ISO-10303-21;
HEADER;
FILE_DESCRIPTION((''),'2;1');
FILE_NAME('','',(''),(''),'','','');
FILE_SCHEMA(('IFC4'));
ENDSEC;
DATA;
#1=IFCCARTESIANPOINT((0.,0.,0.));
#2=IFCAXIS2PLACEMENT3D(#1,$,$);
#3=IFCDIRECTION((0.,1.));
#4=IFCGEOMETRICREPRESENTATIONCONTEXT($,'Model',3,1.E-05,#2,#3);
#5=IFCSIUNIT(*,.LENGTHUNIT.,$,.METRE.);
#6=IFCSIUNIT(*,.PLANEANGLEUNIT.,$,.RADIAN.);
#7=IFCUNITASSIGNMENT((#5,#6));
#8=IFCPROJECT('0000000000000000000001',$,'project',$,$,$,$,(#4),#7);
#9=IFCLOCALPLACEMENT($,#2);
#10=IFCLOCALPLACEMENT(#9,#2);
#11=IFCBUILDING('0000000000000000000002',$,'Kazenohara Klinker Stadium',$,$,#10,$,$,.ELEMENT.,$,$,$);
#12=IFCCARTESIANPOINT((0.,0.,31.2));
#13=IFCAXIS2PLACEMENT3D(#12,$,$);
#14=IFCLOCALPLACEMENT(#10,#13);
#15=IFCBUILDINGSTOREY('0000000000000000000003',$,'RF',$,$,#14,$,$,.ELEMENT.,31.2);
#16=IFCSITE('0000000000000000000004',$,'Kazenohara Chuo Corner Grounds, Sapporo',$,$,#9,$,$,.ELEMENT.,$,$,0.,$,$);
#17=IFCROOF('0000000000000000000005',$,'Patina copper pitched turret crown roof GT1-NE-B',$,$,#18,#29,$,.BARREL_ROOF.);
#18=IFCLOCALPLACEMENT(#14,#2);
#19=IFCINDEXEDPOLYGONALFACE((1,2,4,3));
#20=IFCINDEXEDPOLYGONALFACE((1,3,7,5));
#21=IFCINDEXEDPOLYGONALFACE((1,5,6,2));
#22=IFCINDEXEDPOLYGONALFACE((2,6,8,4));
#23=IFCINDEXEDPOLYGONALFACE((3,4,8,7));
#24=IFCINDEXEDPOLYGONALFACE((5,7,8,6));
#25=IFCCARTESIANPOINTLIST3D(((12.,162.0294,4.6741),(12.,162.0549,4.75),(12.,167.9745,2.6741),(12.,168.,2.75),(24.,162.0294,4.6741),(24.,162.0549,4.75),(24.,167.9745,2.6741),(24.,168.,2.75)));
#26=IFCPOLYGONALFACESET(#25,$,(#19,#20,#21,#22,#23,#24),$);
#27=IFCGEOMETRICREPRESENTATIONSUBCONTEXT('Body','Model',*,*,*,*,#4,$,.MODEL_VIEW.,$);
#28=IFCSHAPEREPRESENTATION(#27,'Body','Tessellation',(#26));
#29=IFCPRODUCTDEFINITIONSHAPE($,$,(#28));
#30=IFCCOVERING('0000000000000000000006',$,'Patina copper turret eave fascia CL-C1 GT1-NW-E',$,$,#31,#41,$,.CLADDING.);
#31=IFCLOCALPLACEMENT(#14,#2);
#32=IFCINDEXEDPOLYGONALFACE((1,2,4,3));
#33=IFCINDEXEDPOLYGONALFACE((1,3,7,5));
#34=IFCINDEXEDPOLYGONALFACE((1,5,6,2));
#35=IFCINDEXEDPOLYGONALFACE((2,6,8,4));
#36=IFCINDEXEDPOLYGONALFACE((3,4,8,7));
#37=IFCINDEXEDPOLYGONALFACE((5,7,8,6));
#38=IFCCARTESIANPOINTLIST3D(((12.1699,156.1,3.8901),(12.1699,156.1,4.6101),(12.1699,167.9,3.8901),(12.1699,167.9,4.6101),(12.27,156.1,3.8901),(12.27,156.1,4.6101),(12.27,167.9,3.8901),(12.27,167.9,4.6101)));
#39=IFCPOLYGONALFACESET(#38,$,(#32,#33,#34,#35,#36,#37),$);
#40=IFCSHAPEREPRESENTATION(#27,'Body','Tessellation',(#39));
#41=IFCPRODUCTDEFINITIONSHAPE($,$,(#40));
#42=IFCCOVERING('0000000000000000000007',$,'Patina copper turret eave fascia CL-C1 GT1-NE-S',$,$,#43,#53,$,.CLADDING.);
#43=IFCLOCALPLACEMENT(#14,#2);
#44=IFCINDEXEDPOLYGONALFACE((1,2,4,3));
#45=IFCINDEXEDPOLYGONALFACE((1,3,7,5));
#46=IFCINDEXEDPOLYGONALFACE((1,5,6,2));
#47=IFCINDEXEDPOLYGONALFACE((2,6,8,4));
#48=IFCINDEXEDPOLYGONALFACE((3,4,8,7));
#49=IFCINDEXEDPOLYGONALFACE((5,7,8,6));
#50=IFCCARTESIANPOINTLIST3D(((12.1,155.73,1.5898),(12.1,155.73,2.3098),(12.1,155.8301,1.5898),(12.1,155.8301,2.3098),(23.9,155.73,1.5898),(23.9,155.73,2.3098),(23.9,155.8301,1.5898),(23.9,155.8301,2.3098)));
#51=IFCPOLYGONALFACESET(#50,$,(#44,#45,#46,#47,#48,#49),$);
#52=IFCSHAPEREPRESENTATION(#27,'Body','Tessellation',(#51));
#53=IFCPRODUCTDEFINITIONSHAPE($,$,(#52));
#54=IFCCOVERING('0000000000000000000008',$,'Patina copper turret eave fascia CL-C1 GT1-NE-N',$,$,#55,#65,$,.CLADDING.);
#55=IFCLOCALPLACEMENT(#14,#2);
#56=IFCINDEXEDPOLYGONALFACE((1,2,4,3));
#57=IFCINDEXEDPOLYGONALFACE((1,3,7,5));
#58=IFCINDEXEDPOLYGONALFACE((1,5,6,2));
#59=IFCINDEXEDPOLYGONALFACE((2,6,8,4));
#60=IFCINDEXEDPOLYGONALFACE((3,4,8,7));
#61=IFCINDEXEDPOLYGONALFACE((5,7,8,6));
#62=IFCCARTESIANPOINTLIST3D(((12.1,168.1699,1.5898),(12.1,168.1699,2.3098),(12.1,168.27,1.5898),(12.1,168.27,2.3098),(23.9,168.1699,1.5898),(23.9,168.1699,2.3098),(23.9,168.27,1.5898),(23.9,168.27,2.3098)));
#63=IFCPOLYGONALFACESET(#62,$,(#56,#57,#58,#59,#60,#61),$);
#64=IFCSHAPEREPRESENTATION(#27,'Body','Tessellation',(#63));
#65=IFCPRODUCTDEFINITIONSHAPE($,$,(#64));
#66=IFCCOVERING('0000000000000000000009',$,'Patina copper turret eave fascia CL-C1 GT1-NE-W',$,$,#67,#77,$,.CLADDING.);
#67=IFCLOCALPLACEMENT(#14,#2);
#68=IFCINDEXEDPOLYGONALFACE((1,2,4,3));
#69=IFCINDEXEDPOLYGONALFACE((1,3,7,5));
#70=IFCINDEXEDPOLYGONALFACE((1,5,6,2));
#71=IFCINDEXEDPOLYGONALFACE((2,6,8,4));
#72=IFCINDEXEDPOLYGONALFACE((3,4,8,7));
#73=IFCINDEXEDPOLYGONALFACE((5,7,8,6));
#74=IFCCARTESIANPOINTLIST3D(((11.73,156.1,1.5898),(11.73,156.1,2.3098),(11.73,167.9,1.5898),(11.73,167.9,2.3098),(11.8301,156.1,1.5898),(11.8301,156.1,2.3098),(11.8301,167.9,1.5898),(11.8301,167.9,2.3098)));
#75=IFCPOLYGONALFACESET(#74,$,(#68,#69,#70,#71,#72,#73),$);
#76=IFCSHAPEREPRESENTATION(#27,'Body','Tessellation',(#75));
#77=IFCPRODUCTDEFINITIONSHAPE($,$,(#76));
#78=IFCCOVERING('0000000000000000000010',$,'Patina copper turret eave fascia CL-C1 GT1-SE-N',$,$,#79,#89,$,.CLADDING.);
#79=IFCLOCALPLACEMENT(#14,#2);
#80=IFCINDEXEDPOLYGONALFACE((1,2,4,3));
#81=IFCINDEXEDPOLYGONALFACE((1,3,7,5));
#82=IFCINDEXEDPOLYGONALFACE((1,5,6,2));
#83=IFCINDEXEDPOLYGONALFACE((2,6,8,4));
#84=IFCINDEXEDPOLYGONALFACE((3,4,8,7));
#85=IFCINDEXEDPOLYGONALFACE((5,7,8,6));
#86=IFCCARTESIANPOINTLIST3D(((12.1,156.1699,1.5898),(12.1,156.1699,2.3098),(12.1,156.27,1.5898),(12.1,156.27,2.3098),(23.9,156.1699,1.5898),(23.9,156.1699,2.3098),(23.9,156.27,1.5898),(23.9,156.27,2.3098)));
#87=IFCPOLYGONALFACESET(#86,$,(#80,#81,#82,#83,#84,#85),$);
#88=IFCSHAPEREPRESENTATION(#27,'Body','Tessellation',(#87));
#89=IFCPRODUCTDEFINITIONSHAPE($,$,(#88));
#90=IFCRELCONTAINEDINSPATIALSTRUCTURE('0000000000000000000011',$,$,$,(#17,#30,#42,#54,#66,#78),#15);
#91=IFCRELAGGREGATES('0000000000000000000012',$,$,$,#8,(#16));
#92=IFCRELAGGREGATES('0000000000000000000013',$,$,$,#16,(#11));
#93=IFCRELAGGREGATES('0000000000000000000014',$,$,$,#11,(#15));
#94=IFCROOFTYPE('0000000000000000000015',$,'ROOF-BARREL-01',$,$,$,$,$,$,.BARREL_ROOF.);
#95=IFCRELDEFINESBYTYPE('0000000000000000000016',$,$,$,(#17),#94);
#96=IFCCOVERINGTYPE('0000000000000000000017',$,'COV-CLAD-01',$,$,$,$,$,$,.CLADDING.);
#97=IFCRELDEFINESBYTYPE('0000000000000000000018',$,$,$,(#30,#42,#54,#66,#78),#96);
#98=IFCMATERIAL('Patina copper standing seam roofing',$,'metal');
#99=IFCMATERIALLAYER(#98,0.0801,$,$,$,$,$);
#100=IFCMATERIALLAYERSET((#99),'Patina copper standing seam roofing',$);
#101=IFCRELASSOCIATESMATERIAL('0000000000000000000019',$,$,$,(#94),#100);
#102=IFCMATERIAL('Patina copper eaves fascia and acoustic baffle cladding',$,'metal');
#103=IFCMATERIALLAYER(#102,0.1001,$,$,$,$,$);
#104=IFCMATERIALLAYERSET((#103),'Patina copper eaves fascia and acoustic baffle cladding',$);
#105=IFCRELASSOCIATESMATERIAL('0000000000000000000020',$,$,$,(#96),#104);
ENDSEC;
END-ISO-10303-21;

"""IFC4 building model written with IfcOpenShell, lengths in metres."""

from ifc_helpers import new_model, si_unit, direction, frame, origin, origin_2d, place, context, subcontext, project, spatial, polyline, rectangle, outline, extrude, material, layer, layer_set, type_object, element, save


model = new_model("IFC4")

# Units and contexts
model_context = context("Model", 3, precision=1e-05, world=origin(), true_north=direction((0.0, 1.0)))
body_context = subcontext(model_context, "Body", "Model", "MODEL_VIEW")
ifc_project = project(units=[si_unit("LENGTHUNIT", "METRE"), si_unit("PLANEANGLEUNIT", "RADIAN")], contexts=[model_context])

# Site, building, storey
site_placement = place(None, origin())
site = spatial("IfcSite", under=ifc_project, at=site_placement, Name="Kazenohara Chuo Corner Grounds, Sapporo", CompositionType="ELEMENT", RefElevation=0.0)
building_placement = place(site_placement, origin())
building = spatial("IfcBuilding", under=site, at=building_placement, Name="Kazenohara Klinker Stadium", CompositionType="ELEMENT")
storey_placement = place(building_placement, frame((0.0, 0.0, 31.2)))
storey = spatial("IfcBuildingStorey", under=building, at=storey_placement, Name="RF", CompositionType="ELEMENT", Elevation=31.2)

# Roof
ifc_material_1 = material(Name="Patina copper standing seam roofing", Category="metal")
ifc_layer_1 = layer(ifc_material_1, 0.0801)
ifc_layer_set_1 = layer_set([ifc_layer_1], Name="Patina copper standing seam roofing")
roof_type = type_object("IfcRoofType", Name="ROOF-BARREL-01", PredefinedType="BARREL_ROOF", material=ifc_layer_set_1)
for number, where, z_axis, x_axis, name in (
    (1, (12.0, 162.0549, 4.75), (0.0, 0.318854, 0.947804), (1.0, 0.0, 0.0), "Patina copper pitched turret crown roof GT1-NE-B"),
):
    element("IfcRoof", number, at=place(storey_placement, frame(where, z_axis=z_axis, x_axis=x_axis)), inside=storey, type_object=roof_type, Name=name, PredefinedType="BARREL_ROOF", context=body_context, shape_type="SweptSolid", body=[
        extrude(outline(polyline([(0.0, 0.0), (12.0, 0.0), (12.0, 6.2725), (0.0, 6.2725), (0.0, 0.0)])), origin(), (0.0, 0.0, -1.0), 0.0801),
    ])

# Coverings
ifc_material_2 = material(Name="Patina copper eaves fascia and acoustic baffle cladding", Category="metal")
ifc_layer_2 = layer(ifc_material_2, 0.1001)
ifc_layer_set_2 = layer_set([ifc_layer_2], Name="Patina copper eaves fascia and acoustic baffle cladding")
covering_type = type_object("IfcCoveringType", Name="COV-CLAD-01", PredefinedType="CLADDING", material=ifc_layer_set_2)
covering_1_placement = place(storey_placement, frame((12.22, 162.0, 3.8901), z_axis=(0.0, 0.0, 1.0), x_axis=(1.0, 0.0, 0.0)))
element("IfcCovering", 2, at=covering_1_placement, inside=storey, type_object=covering_type, Name="Patina copper turret eave fascia CL-C1 GT1-NW-E", PredefinedType="CLADDING", context=body_context, shape_type="SweptSolid", body=[
    extrude(rectangle(XDim=0.1001, YDim=11.8, at=origin_2d()), origin(), (0.0, 0.0, 1.0), 0.72),
])
for number, where, z_axis, x_axis, name in (
    (3, (18.0, 155.78, 1.5898), (0.0, 0.0, 1.0), (1.0, 0.0, 0.0), "Patina copper turret eave fascia CL-C1 GT1-NE-S"),
    (4, (18.0, 168.22, 1.5898), (0.0, 0.0, 1.0), (1.0, 0.0, 0.0), "Patina copper turret eave fascia CL-C1 GT1-NE-N"),
):
    element("IfcCovering", number, at=place(storey_placement, frame(where, z_axis=z_axis, x_axis=x_axis)), inside=storey, type_object=covering_type, Name=name, PredefinedType="CLADDING", context=body_context, shape_type="SweptSolid", body=[
        extrude(rectangle(XDim=11.8, YDim=0.1001, at=origin_2d()), origin(), (0.0, 0.0, 1.0), 0.72),
    ])
covering_2_placement = place(storey_placement, frame((11.78, 162.0, 1.5898), z_axis=(0.0, 0.0, 1.0), x_axis=(1.0, 0.0, 0.0)))
element("IfcCovering", 5, at=covering_2_placement, inside=storey, type_object=covering_type, Name="Patina copper turret eave fascia CL-C1 GT1-NE-W", PredefinedType="CLADDING", context=body_context, shape_type="SweptSolid", body=[
    extrude(rectangle(XDim=0.1001, YDim=11.8, at=origin_2d()), origin(), (0.0, 0.0, 1.0), 0.72),
])
covering_3_placement = place(storey_placement, frame((18.0, 156.22, 1.5898), z_axis=(0.0, 0.0, 1.0), x_axis=(1.0, 0.0, 0.0)))
element("IfcCovering", 6, at=covering_3_placement, inside=storey, type_object=covering_type, Name="Patina copper turret eave fascia CL-C1 GT1-SE-N", PredefinedType="CLADDING", context=body_context, shape_type="SweptSolid", body=[
    extrude(rectangle(XDim=11.8, YDim=0.1001, at=origin_2d()), origin(), (0.0, 0.0, 1.0), 0.72),
])

save(model, "model.ifc")
